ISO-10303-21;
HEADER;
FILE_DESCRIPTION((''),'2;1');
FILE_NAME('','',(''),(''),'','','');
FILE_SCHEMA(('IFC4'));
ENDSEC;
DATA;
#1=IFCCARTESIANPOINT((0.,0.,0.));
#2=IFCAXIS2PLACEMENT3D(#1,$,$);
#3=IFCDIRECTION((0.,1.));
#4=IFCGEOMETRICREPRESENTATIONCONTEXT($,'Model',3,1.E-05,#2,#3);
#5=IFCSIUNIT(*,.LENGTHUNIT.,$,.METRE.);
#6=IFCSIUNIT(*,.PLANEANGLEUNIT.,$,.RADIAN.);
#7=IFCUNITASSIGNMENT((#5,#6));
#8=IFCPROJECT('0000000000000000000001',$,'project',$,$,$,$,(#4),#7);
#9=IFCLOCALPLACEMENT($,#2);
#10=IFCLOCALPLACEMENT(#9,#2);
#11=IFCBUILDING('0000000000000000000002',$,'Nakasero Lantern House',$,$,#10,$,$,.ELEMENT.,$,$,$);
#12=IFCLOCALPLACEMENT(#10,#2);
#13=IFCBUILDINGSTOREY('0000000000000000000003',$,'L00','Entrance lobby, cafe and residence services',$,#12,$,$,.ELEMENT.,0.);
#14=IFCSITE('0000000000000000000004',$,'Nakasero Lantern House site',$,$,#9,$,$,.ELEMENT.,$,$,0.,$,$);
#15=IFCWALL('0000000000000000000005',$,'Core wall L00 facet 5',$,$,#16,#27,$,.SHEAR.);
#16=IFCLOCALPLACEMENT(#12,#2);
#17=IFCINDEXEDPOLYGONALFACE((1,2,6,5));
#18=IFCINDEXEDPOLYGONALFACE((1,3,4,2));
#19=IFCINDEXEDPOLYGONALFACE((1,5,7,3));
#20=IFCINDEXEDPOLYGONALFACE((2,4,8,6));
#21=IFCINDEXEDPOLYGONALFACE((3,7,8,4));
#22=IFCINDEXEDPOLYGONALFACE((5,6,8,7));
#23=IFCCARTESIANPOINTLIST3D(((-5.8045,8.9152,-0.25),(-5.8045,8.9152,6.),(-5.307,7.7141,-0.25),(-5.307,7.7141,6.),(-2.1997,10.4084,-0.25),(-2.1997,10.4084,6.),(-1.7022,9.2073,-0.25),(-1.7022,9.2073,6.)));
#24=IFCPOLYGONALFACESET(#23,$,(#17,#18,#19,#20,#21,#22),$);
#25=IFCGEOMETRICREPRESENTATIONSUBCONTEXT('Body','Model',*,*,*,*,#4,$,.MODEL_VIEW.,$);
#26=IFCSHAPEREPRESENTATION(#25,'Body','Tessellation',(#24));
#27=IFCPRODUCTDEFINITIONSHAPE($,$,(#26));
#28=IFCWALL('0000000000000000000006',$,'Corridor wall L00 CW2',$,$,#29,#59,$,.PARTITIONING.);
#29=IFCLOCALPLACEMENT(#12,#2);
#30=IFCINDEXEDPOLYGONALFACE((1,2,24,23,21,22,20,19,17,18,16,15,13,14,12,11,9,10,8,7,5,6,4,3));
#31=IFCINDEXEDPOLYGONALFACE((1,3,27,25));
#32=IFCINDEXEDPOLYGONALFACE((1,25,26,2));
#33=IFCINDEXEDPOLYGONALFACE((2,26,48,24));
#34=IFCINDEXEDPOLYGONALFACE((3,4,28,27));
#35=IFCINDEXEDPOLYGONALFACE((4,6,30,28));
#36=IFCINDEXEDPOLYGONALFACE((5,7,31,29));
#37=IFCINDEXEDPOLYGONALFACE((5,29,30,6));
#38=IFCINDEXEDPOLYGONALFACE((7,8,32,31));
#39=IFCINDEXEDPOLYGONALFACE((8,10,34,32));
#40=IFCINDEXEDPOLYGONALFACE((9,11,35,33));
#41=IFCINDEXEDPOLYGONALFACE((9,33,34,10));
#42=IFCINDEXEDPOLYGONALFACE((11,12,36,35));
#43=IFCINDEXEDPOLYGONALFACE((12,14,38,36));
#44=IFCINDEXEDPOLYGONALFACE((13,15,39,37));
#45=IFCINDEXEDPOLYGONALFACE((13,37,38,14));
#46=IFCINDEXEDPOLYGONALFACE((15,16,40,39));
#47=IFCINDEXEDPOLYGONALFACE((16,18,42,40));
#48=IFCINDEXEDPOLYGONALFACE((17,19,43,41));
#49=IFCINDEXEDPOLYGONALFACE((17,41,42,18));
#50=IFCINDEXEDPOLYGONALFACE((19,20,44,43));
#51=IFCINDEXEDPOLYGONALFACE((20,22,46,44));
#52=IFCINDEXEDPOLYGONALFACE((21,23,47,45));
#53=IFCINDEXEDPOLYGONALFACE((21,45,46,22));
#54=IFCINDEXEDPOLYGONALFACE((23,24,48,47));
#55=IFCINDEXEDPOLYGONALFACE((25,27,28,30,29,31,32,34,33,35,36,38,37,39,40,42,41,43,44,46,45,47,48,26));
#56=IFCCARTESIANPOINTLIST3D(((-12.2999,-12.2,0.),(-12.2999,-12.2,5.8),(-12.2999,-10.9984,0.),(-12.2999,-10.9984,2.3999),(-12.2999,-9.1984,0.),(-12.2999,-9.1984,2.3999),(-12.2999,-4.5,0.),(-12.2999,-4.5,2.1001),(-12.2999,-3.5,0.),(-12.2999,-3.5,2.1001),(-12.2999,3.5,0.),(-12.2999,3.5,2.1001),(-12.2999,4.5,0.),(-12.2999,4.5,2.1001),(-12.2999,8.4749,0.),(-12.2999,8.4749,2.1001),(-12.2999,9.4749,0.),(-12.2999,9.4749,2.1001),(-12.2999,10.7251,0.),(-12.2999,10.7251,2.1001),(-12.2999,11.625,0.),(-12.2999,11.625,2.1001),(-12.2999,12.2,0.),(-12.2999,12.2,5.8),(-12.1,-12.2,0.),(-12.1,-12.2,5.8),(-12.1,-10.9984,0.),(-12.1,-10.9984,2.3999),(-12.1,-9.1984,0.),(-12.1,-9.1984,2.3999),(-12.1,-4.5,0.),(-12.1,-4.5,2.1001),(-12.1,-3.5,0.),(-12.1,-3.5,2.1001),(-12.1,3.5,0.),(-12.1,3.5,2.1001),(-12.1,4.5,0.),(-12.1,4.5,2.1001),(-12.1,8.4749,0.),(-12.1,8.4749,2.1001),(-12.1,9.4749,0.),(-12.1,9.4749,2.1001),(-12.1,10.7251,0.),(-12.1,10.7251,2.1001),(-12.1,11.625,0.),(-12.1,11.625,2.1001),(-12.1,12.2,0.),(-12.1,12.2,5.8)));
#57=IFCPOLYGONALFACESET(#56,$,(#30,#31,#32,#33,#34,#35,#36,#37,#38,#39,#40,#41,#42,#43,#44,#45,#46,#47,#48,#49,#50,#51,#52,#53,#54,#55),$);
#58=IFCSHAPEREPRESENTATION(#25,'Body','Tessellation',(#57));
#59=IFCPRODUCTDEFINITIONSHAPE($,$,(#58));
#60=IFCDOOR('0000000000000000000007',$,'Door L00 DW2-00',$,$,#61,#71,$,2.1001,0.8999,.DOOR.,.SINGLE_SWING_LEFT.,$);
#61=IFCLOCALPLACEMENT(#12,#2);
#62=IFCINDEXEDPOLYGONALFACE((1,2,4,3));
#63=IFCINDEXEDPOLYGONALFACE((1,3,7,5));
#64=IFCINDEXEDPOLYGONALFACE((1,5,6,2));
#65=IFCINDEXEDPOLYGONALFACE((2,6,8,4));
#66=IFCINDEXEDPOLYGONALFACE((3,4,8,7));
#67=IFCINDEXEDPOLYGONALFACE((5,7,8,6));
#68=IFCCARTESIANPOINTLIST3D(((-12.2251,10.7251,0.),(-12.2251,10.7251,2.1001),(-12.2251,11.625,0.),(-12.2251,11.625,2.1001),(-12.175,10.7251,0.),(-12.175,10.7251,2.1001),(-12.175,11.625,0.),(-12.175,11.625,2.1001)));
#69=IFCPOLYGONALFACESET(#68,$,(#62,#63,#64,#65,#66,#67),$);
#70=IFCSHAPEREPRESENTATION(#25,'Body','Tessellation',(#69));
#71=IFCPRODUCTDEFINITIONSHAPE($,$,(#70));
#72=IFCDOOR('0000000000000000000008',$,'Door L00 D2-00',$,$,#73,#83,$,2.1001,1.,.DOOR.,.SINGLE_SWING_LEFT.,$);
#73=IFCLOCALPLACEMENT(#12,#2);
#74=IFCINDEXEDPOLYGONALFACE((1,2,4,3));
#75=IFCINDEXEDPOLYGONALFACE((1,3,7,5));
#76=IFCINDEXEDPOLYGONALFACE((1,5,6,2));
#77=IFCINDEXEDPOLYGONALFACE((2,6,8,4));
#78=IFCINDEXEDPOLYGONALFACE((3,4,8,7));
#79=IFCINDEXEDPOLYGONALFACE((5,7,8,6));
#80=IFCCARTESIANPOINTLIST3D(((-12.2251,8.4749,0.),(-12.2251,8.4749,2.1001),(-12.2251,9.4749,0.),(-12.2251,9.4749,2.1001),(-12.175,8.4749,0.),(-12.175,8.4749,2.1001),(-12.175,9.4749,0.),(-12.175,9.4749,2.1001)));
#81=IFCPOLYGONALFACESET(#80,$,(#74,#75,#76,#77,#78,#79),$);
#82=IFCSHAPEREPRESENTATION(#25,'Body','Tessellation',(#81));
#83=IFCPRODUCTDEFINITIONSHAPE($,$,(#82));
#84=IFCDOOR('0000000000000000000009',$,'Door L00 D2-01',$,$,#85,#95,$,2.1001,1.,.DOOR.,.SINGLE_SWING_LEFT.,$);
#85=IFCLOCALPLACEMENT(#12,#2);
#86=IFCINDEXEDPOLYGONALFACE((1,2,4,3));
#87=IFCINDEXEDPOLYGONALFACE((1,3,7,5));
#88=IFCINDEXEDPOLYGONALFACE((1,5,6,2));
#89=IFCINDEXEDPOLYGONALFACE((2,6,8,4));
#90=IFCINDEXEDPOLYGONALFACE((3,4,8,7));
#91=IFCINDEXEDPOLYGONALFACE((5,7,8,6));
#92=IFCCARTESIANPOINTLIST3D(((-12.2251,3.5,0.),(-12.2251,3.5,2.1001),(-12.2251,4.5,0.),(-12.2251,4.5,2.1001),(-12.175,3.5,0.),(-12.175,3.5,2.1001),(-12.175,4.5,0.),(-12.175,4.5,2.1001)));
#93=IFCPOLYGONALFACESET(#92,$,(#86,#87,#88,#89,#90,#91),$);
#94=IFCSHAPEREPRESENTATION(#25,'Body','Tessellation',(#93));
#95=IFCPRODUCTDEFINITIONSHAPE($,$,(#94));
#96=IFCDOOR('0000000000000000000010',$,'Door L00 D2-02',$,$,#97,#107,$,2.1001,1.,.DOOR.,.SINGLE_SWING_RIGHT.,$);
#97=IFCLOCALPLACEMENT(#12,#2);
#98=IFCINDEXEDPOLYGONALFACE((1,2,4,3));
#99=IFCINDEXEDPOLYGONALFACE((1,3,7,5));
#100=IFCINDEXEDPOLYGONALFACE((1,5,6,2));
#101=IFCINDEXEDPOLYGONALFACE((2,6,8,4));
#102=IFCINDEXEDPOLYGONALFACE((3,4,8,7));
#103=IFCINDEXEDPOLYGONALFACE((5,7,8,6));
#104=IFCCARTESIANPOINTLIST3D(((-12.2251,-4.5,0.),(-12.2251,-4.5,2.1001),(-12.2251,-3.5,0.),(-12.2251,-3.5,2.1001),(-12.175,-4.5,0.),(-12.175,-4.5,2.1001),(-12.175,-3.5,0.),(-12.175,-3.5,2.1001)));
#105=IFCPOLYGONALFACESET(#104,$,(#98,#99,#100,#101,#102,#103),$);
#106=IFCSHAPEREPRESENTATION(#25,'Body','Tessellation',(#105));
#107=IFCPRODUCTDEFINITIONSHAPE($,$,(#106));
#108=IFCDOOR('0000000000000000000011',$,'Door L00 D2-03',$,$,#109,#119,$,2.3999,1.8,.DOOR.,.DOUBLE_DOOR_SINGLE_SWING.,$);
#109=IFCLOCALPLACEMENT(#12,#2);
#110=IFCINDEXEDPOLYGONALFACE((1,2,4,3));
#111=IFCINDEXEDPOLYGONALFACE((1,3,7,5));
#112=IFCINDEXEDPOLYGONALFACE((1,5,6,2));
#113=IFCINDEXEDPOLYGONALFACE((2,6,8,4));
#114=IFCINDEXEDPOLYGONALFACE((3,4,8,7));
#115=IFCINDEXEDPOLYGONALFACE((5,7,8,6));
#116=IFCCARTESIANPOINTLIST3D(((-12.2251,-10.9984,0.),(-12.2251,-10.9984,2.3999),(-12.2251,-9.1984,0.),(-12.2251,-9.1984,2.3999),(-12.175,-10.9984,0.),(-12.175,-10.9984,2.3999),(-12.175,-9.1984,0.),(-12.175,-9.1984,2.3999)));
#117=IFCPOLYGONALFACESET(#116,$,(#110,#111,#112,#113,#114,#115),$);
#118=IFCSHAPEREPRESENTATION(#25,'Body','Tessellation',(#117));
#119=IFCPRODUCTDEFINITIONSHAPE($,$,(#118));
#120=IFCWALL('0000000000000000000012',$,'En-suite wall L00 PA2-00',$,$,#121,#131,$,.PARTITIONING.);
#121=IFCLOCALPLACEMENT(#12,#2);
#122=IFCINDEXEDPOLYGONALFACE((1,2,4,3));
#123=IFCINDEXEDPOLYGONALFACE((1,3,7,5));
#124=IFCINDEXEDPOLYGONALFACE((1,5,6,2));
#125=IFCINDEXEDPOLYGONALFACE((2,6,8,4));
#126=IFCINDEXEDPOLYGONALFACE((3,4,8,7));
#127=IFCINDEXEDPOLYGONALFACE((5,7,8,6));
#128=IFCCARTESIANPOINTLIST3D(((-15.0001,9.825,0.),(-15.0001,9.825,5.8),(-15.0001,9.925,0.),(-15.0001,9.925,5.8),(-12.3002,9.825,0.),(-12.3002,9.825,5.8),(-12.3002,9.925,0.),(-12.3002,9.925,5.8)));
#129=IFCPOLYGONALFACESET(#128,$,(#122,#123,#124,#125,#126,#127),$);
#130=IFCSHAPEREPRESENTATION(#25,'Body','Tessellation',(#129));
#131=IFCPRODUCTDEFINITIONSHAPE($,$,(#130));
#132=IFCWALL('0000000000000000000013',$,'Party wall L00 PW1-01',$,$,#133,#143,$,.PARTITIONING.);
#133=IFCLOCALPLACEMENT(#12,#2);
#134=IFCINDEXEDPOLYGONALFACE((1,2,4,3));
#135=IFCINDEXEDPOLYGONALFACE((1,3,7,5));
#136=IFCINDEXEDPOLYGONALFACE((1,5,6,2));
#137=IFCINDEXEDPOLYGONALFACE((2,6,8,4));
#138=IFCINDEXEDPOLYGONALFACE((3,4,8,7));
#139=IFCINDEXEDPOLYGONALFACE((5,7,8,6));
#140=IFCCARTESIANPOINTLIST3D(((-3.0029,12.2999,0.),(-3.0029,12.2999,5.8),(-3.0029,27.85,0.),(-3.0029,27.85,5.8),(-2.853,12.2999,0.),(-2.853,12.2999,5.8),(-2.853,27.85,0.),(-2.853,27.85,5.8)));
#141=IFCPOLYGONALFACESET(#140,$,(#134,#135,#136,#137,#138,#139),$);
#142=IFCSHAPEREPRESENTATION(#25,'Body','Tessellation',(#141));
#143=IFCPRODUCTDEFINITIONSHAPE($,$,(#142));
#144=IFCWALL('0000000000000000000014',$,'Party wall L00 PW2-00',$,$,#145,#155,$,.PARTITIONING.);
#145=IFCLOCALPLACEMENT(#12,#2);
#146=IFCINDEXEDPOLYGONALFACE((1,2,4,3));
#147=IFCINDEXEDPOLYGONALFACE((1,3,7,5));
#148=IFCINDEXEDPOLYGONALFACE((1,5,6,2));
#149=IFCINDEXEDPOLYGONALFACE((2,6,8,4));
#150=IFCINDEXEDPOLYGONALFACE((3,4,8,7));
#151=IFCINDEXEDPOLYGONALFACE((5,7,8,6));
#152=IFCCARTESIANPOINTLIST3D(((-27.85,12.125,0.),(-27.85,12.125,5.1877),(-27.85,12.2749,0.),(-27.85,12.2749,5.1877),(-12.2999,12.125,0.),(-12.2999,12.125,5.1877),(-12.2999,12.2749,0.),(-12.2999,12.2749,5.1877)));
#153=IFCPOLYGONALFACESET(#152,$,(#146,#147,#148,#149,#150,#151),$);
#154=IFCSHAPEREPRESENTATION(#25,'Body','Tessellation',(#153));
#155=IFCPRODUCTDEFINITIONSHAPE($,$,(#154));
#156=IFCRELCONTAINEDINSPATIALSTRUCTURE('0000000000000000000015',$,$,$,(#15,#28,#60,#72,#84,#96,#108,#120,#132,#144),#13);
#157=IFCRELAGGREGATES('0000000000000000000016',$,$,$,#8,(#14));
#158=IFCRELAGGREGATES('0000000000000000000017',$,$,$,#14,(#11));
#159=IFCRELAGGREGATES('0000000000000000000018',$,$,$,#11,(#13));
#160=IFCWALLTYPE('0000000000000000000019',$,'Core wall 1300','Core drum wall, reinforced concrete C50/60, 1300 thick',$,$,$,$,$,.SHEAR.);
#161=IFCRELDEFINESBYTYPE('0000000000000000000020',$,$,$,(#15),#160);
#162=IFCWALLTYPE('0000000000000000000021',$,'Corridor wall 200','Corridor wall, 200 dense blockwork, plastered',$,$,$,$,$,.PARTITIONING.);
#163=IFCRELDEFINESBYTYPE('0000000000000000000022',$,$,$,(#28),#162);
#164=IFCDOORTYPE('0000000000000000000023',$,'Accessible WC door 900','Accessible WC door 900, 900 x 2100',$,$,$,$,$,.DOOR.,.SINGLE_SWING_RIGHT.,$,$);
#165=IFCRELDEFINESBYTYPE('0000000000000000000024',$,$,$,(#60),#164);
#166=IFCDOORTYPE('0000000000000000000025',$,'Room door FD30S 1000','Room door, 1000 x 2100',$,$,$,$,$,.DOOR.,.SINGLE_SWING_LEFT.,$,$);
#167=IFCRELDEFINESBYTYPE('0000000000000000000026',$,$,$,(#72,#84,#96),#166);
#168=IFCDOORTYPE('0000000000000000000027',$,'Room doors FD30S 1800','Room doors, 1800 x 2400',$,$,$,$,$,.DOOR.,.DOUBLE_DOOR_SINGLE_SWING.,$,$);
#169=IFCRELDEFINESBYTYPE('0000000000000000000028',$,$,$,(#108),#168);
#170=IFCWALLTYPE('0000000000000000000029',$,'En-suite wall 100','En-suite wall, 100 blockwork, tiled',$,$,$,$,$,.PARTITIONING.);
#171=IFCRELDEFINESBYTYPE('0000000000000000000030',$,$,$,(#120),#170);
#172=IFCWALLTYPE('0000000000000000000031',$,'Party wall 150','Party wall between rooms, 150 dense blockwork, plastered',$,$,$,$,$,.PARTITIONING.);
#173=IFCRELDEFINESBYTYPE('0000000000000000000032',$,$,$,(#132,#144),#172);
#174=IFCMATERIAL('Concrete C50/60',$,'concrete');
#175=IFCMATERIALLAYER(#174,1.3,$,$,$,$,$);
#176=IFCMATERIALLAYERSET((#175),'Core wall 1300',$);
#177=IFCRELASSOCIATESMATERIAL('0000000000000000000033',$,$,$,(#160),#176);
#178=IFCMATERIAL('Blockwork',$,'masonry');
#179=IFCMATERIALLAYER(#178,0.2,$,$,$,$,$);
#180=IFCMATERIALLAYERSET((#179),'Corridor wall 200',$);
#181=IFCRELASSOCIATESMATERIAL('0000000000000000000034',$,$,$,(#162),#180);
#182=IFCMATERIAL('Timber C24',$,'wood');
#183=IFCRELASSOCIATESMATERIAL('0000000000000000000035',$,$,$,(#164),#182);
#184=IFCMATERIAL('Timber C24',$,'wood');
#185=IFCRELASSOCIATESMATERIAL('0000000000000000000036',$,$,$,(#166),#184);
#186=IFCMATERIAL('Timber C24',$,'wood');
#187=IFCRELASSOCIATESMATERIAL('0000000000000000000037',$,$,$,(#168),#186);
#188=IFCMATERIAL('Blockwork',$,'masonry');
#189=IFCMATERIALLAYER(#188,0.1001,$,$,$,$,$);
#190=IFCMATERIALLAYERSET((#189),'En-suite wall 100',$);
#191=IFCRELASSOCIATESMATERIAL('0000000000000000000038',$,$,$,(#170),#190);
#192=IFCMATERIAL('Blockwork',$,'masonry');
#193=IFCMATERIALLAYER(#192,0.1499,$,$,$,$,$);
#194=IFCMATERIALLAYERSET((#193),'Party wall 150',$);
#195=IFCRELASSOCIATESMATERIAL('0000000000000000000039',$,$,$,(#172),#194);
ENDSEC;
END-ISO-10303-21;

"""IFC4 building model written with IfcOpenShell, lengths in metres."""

from ifc_helpers import new_model, si_unit, direction, frame, frame_2d, origin, place, context, subcontext, project, spatial, rectangle, extrude, material, layer, layer_set, type_object, element, fill, save


model = new_model("IFC4")

# Units and contexts
model_context = context("Model", 3, precision=1e-05, world=origin(), true_north=direction((0.0, 1.0)))
body_context = subcontext(model_context, "Body", "Model", "MODEL_VIEW")
ifc_project = project(units=[si_unit("LENGTHUNIT", "METRE"), si_unit("PLANEANGLEUNIT", "RADIAN")], contexts=[model_context])

# Site, building, storey
site_placement = place(None, origin())
site = spatial("IfcSite", under=ifc_project, at=site_placement, Name="Nakasero Lantern House site", CompositionType="ELEMENT", RefElevation=0.0)
building_placement = place(site_placement, origin())
building = spatial("IfcBuilding", under=site, at=building_placement, Name="Nakasero Lantern House", CompositionType="ELEMENT")
storey_placement = place(building_placement, origin())
storey = spatial("IfcBuildingStorey", under=building, at=storey_placement, Name="L00", Description="Entrance lobby, cafe and residence services", CompositionType="ELEMENT", Elevation=0.0)

# Wall
ifc_material_1 = material(Name="Concrete C50/60", Category="concrete")
ifc_layer_1 = layer(ifc_material_1, 1.3)
ifc_layer_set_1 = layer_set([ifc_layer_1], Name="Core wall 1300")
wall_type_1 = type_object("IfcWallType", Name="Core wall 1300", Description="Core drum wall, reinforced concrete C50/60, 1300 thick", PredefinedType="SHEAR", material=ifc_layer_set_1)
wall_1_placement = place(storey_placement, frame((-1.9509, 9.8079, -0.25), z_axis=(0.0, 0.0, 1.0), x_axis=(-0.923877, -0.382691, 0.0)))
element("IfcWall", 1, at=wall_1_placement, inside=storey, type_object=wall_type_1, Name="Core wall L00 facet 5", PredefinedType="SHEAR", context=body_context, shape_type="SweptSolid", body=[
    extrude(rectangle(XDim=3.9019, YDim=1.3, at=frame_2d((1.9509, 0.0))), origin(), (0.0, 0.0, 1.0), 6.25),
])

# Wall, openings, doors
ifc_material_2 = material(Name="Blockwork", Category="masonry")
ifc_layer_2 = layer(ifc_material_2, 0.2)
ifc_layer_set_2 = layer_set([ifc_layer_2], Name="Corridor wall 200")
wall_type_2 = type_object("IfcWallType", Name="Corridor wall 200", Description="Corridor wall, 200 dense blockwork, plastered", PredefinedType="PARTITIONING", material=ifc_layer_set_2)
wall_2_placement = place(storey_placement, frame((-12.2, 12.2, 0.0), z_axis=(0.0, 0.0, 1.0), x_axis=(0.0, -1.0, 0.0)))
wall_2 = element("IfcWall", 2, at=wall_2_placement, inside=storey, type_object=wall_type_2, Name="Corridor wall L00 CW2", PredefinedType="PARTITIONING", context=body_context, shape_type="SweptSolid", body=[
    extrude(rectangle(XDim=24.3999, YDim=0.2, at=frame_2d((12.2, 0.0))), origin(), (0.0, 0.0, 1.0), 5.8),
])
opening_1_placement = place(wall_2_placement, frame((0.575, 0.0, 0.0)))
opening_1 = element("IfcOpeningElement", 3, at=opening_1_placement, cuts=wall_2, PredefinedType="OPENING", context=body_context, shape_type="SweptSolid", body=[
    extrude(rectangle(XDim=0.8999, YDim=2.1001, at=frame_2d((0.45, 1.05))), frame((0.0, 0.1199, 0.0), z_axis=(0.0, -1.0, 0.0), x_axis=(1.0, 0.0, 0.0)), (0.0, 0.0, 1.0), 0.24),
])
opening_2_placement = place(wall_2_placement, frame((2.7251, 0.0, 0.0)))
opening_2 = element("IfcOpeningElement", 4, at=opening_2_placement, cuts=wall_2, PredefinedType="OPENING", context=body_context, shape_type="SweptSolid", body=[
    extrude(rectangle(XDim=1.0, YDim=2.1001, at=frame_2d((0.5, 1.05))), frame((0.0, 0.1199, 0.0), z_axis=(0.0, -1.0, 0.0), x_axis=(1.0, 0.0, 0.0)), (0.0, 0.0, 1.0), 0.24),
])
opening_3_placement = place(wall_2_placement, frame((7.7, 0.0, 0.0)))
opening_3 = element("IfcOpeningElement", 5, at=opening_3_placement, cuts=wall_2, PredefinedType="OPENING", context=body_context, shape_type="SweptSolid", body=[
    extrude(rectangle(XDim=1.0, YDim=2.1001, at=frame_2d((0.5, 1.05))), frame((0.0, 0.1199, 0.0), z_axis=(0.0, -1.0, 0.0), x_axis=(1.0, 0.0, 0.0)), (0.0, 0.0, 1.0), 0.24),
])
opening_4_placement = place(wall_2_placement, frame((15.7, 0.0, 0.0)))
opening_4 = element("IfcOpeningElement", 6, at=opening_4_placement, cuts=wall_2, PredefinedType="OPENING", context=body_context, shape_type="SweptSolid", body=[
    extrude(rectangle(XDim=1.0, YDim=2.1001, at=frame_2d((0.5, 1.05))), frame((0.0, 0.1199, 0.0), z_axis=(0.0, -1.0, 0.0), x_axis=(1.0, 0.0, 0.0)), (0.0, 0.0, 1.0), 0.24),
])
opening_5_placement = place(wall_2_placement, frame((21.3984, 0.0, 0.0)))
opening_5 = element("IfcOpeningElement", 7, at=opening_5_placement, cuts=wall_2, PredefinedType="OPENING", context=body_context, shape_type="SweptSolid", body=[
    extrude(rectangle(XDim=1.8, YDim=2.3999, at=frame_2d((0.8999, 1.2))), frame((0.0, 0.1199, 0.0), z_axis=(0.0, -1.0, 0.0), x_axis=(1.0, 0.0, 0.0)), (0.0, 0.0, 1.0), 0.24),
])
ifc_material_3 = material(Name="Timber C24", Category="wood")
door_type_1 = type_object("IfcDoorType", Name="Accessible WC door 900", Description="Accessible WC door 900, 900 x 2100", OperationType="SINGLE_SWING_RIGHT", PredefinedType="DOOR", material=ifc_material_3)
door_1_placement = place(opening_1_placement, origin())
door_1 = element("IfcDoor", 8, at=door_1_placement, inside=storey, type_object=door_type_1, Name="Door L00 DW2-00", OperationType="SINGLE_SWING_LEFT", OverallHeight=2.1001, OverallWidth=0.8999, PredefinedType="DOOR", context=body_context, shape_type="SweptSolid", body=[
    extrude(rectangle(XDim=0.8999, YDim=2.1001, at=frame_2d((0.45, 1.05))), frame((0.0, 0.0249, 0.0), z_axis=(0.0, -1.0, 0.0), x_axis=(1.0, 0.0, 0.0)), (0.0, 0.0, 1.0), 0.05),
])
fill(opening_1, door_1)
ifc_material_4 = material(Name="Timber C24", Category="wood")
door_type_2 = type_object("IfcDoorType", Name="Room door FD30S 1000", Description="Room door, 1000 x 2100", OperationType="SINGLE_SWING_LEFT", PredefinedType="DOOR", material=ifc_material_4)
door_2_placement = place(opening_2_placement, origin())
door_2 = element("IfcDoor", 9, at=door_2_placement, inside=storey, type_object=door_type_2, Name="Door L00 D2-00", OperationType="SINGLE_SWING_LEFT", OverallHeight=2.1001, OverallWidth=1.0, PredefinedType="DOOR", context=body_context, shape_type="SweptSolid", body=[
    extrude(rectangle(XDim=1.0, YDim=2.1001, at=frame_2d((0.5, 1.05))), frame((0.0, 0.0249, 0.0), z_axis=(0.0, -1.0, 0.0), x_axis=(1.0, 0.0, 0.0)), (0.0, 0.0, 1.0), 0.05),
])
fill(opening_2, door_2)
door_3_placement = place(opening_3_placement, origin())
door_3 = element("IfcDoor", 10, at=door_3_placement, inside=storey, type_object=door_type_2, Name="Door L00 D2-01", OperationType="SINGLE_SWING_LEFT", OverallHeight=2.1001, OverallWidth=1.0, PredefinedType="DOOR", context=body_context, shape_type="SweptSolid", body=[
    extrude(rectangle(XDim=1.0, YDim=2.1001, at=frame_2d((0.5, 1.05))), frame((0.0, 0.0249, 0.0), z_axis=(0.0, -1.0, 0.0), x_axis=(1.0, 0.0, 0.0)), (0.0, 0.0, 1.0), 0.05),
])
fill(opening_3, door_3)
door_4_placement = place(opening_4_placement, origin())
door_4 = element("IfcDoor", 11, at=door_4_placement, inside=storey, type_object=door_type_2, Name="Door L00 D2-02", OperationType="SINGLE_SWING_RIGHT", OverallHeight=2.1001, OverallWidth=1.0, PredefinedType="DOOR", context=body_context, shape_type="SweptSolid", body=[
    extrude(rectangle(XDim=1.0, YDim=2.1001, at=frame_2d((0.5, 1.05))), frame((0.0, 0.0249, 0.0), z_axis=(0.0, -1.0, 0.0), x_axis=(1.0, 0.0, 0.0)), (0.0, 0.0, 1.0), 0.05),
])
fill(opening_4, door_4)
ifc_material_5 = material(Name="Timber C24", Category="wood")
door_type_3 = type_object("IfcDoorType", Name="Room doors FD30S 1800", Description="Room doors, 1800 x 2400", OperationType="DOUBLE_DOOR_SINGLE_SWING", PredefinedType="DOOR", material=ifc_material_5)
door_5_placement = place(opening_5_placement, origin())
door_5 = element("IfcDoor", 12, at=door_5_placement, inside=storey, type_object=door_type_3, Name="Door L00 D2-03", OperationType="DOUBLE_DOOR_SINGLE_SWING", OverallHeight=2.3999, OverallWidth=1.8, PredefinedType="DOOR", context=body_context, shape_type="SweptSolid", body=[
    extrude(rectangle(XDim=1.8, YDim=2.3999, at=frame_2d((0.8999, 1.2))), frame((0.0, 0.0249, 0.0), z_axis=(0.0, -1.0, 0.0), x_axis=(1.0, 0.0, 0.0)), (0.0, 0.0, 1.0), 0.05),
])
fill(opening_5, door_5)

# Walls
ifc_material_6 = material(Name="Blockwork", Category="masonry")
ifc_layer_3 = layer(ifc_material_6, 0.1001)
ifc_layer_set_3 = layer_set([ifc_layer_3], Name="En-suite wall 100")
wall_type_3 = type_object("IfcWallType", Name="En-suite wall 100", Description="En-suite wall, 100 blockwork, tiled", PredefinedType="PARTITIONING", material=ifc_layer_set_3)
wall_3_placement = place(storey_placement, frame((-12.3, 9.875, 0.0), z_axis=(0.0, 0.0, 1.0), x_axis=(-1.0, 0.0, 0.0)))
element("IfcWall", 13, at=wall_3_placement, inside=storey, type_object=wall_type_3, Name="En-suite wall L00 PA2-00", PredefinedType="PARTITIONING", context=body_context, shape_type="SweptSolid", body=[
    extrude(rectangle(XDim=2.7, YDim=0.1001, at=frame_2d((1.3501, 0.0))), origin(), (0.0, 0.0, 1.0), 5.8),
])
ifc_material_7 = material(Name="Blockwork", Category="masonry")
ifc_layer_4 = layer(ifc_material_7, 0.1499)
ifc_layer_set_4 = layer_set([ifc_layer_4], Name="Party wall 150")
wall_type_4 = type_object("IfcWallType", Name="Party wall 150", Description="Party wall between rooms, 150 dense blockwork, plastered", PredefinedType="PARTITIONING", material=ifc_layer_set_4)
wall_4_placement = place(storey_placement, frame((-2.928, 12.3, 0.0), z_axis=(0.0, 0.0, 1.0), x_axis=(0.0, 1.0, 0.0)))
element("IfcWall", 14, at=wall_4_placement, inside=storey, type_object=wall_type_4, Name="Party wall L00 PW1-01", PredefinedType="PARTITIONING", context=body_context, shape_type="SweptSolid", body=[
    extrude(rectangle(XDim=15.55, YDim=0.1499, at=frame_2d((7.7749, 0.0))), origin(), (0.0, 0.0, 1.0), 5.8),
])
wall_5_placement = place(storey_placement, frame((-12.3, 12.2, 0.0), z_axis=(0.0, 0.0, 1.0), x_axis=(-1.0, 0.0, 0.0)))
element("IfcWall", 15, at=wall_5_placement, inside=storey, type_object=wall_type_4, Name="Party wall L00 PW2-00", PredefinedType="PARTITIONING", context=body_context, shape_type="SweptSolid", body=[
    extrude(rectangle(XDim=15.55, YDim=0.1499, at=frame_2d((7.7749, 0.0))), origin(), (0.0, 0.0, 1.0), 5.1877),
])

save(model, "model.ifc")
